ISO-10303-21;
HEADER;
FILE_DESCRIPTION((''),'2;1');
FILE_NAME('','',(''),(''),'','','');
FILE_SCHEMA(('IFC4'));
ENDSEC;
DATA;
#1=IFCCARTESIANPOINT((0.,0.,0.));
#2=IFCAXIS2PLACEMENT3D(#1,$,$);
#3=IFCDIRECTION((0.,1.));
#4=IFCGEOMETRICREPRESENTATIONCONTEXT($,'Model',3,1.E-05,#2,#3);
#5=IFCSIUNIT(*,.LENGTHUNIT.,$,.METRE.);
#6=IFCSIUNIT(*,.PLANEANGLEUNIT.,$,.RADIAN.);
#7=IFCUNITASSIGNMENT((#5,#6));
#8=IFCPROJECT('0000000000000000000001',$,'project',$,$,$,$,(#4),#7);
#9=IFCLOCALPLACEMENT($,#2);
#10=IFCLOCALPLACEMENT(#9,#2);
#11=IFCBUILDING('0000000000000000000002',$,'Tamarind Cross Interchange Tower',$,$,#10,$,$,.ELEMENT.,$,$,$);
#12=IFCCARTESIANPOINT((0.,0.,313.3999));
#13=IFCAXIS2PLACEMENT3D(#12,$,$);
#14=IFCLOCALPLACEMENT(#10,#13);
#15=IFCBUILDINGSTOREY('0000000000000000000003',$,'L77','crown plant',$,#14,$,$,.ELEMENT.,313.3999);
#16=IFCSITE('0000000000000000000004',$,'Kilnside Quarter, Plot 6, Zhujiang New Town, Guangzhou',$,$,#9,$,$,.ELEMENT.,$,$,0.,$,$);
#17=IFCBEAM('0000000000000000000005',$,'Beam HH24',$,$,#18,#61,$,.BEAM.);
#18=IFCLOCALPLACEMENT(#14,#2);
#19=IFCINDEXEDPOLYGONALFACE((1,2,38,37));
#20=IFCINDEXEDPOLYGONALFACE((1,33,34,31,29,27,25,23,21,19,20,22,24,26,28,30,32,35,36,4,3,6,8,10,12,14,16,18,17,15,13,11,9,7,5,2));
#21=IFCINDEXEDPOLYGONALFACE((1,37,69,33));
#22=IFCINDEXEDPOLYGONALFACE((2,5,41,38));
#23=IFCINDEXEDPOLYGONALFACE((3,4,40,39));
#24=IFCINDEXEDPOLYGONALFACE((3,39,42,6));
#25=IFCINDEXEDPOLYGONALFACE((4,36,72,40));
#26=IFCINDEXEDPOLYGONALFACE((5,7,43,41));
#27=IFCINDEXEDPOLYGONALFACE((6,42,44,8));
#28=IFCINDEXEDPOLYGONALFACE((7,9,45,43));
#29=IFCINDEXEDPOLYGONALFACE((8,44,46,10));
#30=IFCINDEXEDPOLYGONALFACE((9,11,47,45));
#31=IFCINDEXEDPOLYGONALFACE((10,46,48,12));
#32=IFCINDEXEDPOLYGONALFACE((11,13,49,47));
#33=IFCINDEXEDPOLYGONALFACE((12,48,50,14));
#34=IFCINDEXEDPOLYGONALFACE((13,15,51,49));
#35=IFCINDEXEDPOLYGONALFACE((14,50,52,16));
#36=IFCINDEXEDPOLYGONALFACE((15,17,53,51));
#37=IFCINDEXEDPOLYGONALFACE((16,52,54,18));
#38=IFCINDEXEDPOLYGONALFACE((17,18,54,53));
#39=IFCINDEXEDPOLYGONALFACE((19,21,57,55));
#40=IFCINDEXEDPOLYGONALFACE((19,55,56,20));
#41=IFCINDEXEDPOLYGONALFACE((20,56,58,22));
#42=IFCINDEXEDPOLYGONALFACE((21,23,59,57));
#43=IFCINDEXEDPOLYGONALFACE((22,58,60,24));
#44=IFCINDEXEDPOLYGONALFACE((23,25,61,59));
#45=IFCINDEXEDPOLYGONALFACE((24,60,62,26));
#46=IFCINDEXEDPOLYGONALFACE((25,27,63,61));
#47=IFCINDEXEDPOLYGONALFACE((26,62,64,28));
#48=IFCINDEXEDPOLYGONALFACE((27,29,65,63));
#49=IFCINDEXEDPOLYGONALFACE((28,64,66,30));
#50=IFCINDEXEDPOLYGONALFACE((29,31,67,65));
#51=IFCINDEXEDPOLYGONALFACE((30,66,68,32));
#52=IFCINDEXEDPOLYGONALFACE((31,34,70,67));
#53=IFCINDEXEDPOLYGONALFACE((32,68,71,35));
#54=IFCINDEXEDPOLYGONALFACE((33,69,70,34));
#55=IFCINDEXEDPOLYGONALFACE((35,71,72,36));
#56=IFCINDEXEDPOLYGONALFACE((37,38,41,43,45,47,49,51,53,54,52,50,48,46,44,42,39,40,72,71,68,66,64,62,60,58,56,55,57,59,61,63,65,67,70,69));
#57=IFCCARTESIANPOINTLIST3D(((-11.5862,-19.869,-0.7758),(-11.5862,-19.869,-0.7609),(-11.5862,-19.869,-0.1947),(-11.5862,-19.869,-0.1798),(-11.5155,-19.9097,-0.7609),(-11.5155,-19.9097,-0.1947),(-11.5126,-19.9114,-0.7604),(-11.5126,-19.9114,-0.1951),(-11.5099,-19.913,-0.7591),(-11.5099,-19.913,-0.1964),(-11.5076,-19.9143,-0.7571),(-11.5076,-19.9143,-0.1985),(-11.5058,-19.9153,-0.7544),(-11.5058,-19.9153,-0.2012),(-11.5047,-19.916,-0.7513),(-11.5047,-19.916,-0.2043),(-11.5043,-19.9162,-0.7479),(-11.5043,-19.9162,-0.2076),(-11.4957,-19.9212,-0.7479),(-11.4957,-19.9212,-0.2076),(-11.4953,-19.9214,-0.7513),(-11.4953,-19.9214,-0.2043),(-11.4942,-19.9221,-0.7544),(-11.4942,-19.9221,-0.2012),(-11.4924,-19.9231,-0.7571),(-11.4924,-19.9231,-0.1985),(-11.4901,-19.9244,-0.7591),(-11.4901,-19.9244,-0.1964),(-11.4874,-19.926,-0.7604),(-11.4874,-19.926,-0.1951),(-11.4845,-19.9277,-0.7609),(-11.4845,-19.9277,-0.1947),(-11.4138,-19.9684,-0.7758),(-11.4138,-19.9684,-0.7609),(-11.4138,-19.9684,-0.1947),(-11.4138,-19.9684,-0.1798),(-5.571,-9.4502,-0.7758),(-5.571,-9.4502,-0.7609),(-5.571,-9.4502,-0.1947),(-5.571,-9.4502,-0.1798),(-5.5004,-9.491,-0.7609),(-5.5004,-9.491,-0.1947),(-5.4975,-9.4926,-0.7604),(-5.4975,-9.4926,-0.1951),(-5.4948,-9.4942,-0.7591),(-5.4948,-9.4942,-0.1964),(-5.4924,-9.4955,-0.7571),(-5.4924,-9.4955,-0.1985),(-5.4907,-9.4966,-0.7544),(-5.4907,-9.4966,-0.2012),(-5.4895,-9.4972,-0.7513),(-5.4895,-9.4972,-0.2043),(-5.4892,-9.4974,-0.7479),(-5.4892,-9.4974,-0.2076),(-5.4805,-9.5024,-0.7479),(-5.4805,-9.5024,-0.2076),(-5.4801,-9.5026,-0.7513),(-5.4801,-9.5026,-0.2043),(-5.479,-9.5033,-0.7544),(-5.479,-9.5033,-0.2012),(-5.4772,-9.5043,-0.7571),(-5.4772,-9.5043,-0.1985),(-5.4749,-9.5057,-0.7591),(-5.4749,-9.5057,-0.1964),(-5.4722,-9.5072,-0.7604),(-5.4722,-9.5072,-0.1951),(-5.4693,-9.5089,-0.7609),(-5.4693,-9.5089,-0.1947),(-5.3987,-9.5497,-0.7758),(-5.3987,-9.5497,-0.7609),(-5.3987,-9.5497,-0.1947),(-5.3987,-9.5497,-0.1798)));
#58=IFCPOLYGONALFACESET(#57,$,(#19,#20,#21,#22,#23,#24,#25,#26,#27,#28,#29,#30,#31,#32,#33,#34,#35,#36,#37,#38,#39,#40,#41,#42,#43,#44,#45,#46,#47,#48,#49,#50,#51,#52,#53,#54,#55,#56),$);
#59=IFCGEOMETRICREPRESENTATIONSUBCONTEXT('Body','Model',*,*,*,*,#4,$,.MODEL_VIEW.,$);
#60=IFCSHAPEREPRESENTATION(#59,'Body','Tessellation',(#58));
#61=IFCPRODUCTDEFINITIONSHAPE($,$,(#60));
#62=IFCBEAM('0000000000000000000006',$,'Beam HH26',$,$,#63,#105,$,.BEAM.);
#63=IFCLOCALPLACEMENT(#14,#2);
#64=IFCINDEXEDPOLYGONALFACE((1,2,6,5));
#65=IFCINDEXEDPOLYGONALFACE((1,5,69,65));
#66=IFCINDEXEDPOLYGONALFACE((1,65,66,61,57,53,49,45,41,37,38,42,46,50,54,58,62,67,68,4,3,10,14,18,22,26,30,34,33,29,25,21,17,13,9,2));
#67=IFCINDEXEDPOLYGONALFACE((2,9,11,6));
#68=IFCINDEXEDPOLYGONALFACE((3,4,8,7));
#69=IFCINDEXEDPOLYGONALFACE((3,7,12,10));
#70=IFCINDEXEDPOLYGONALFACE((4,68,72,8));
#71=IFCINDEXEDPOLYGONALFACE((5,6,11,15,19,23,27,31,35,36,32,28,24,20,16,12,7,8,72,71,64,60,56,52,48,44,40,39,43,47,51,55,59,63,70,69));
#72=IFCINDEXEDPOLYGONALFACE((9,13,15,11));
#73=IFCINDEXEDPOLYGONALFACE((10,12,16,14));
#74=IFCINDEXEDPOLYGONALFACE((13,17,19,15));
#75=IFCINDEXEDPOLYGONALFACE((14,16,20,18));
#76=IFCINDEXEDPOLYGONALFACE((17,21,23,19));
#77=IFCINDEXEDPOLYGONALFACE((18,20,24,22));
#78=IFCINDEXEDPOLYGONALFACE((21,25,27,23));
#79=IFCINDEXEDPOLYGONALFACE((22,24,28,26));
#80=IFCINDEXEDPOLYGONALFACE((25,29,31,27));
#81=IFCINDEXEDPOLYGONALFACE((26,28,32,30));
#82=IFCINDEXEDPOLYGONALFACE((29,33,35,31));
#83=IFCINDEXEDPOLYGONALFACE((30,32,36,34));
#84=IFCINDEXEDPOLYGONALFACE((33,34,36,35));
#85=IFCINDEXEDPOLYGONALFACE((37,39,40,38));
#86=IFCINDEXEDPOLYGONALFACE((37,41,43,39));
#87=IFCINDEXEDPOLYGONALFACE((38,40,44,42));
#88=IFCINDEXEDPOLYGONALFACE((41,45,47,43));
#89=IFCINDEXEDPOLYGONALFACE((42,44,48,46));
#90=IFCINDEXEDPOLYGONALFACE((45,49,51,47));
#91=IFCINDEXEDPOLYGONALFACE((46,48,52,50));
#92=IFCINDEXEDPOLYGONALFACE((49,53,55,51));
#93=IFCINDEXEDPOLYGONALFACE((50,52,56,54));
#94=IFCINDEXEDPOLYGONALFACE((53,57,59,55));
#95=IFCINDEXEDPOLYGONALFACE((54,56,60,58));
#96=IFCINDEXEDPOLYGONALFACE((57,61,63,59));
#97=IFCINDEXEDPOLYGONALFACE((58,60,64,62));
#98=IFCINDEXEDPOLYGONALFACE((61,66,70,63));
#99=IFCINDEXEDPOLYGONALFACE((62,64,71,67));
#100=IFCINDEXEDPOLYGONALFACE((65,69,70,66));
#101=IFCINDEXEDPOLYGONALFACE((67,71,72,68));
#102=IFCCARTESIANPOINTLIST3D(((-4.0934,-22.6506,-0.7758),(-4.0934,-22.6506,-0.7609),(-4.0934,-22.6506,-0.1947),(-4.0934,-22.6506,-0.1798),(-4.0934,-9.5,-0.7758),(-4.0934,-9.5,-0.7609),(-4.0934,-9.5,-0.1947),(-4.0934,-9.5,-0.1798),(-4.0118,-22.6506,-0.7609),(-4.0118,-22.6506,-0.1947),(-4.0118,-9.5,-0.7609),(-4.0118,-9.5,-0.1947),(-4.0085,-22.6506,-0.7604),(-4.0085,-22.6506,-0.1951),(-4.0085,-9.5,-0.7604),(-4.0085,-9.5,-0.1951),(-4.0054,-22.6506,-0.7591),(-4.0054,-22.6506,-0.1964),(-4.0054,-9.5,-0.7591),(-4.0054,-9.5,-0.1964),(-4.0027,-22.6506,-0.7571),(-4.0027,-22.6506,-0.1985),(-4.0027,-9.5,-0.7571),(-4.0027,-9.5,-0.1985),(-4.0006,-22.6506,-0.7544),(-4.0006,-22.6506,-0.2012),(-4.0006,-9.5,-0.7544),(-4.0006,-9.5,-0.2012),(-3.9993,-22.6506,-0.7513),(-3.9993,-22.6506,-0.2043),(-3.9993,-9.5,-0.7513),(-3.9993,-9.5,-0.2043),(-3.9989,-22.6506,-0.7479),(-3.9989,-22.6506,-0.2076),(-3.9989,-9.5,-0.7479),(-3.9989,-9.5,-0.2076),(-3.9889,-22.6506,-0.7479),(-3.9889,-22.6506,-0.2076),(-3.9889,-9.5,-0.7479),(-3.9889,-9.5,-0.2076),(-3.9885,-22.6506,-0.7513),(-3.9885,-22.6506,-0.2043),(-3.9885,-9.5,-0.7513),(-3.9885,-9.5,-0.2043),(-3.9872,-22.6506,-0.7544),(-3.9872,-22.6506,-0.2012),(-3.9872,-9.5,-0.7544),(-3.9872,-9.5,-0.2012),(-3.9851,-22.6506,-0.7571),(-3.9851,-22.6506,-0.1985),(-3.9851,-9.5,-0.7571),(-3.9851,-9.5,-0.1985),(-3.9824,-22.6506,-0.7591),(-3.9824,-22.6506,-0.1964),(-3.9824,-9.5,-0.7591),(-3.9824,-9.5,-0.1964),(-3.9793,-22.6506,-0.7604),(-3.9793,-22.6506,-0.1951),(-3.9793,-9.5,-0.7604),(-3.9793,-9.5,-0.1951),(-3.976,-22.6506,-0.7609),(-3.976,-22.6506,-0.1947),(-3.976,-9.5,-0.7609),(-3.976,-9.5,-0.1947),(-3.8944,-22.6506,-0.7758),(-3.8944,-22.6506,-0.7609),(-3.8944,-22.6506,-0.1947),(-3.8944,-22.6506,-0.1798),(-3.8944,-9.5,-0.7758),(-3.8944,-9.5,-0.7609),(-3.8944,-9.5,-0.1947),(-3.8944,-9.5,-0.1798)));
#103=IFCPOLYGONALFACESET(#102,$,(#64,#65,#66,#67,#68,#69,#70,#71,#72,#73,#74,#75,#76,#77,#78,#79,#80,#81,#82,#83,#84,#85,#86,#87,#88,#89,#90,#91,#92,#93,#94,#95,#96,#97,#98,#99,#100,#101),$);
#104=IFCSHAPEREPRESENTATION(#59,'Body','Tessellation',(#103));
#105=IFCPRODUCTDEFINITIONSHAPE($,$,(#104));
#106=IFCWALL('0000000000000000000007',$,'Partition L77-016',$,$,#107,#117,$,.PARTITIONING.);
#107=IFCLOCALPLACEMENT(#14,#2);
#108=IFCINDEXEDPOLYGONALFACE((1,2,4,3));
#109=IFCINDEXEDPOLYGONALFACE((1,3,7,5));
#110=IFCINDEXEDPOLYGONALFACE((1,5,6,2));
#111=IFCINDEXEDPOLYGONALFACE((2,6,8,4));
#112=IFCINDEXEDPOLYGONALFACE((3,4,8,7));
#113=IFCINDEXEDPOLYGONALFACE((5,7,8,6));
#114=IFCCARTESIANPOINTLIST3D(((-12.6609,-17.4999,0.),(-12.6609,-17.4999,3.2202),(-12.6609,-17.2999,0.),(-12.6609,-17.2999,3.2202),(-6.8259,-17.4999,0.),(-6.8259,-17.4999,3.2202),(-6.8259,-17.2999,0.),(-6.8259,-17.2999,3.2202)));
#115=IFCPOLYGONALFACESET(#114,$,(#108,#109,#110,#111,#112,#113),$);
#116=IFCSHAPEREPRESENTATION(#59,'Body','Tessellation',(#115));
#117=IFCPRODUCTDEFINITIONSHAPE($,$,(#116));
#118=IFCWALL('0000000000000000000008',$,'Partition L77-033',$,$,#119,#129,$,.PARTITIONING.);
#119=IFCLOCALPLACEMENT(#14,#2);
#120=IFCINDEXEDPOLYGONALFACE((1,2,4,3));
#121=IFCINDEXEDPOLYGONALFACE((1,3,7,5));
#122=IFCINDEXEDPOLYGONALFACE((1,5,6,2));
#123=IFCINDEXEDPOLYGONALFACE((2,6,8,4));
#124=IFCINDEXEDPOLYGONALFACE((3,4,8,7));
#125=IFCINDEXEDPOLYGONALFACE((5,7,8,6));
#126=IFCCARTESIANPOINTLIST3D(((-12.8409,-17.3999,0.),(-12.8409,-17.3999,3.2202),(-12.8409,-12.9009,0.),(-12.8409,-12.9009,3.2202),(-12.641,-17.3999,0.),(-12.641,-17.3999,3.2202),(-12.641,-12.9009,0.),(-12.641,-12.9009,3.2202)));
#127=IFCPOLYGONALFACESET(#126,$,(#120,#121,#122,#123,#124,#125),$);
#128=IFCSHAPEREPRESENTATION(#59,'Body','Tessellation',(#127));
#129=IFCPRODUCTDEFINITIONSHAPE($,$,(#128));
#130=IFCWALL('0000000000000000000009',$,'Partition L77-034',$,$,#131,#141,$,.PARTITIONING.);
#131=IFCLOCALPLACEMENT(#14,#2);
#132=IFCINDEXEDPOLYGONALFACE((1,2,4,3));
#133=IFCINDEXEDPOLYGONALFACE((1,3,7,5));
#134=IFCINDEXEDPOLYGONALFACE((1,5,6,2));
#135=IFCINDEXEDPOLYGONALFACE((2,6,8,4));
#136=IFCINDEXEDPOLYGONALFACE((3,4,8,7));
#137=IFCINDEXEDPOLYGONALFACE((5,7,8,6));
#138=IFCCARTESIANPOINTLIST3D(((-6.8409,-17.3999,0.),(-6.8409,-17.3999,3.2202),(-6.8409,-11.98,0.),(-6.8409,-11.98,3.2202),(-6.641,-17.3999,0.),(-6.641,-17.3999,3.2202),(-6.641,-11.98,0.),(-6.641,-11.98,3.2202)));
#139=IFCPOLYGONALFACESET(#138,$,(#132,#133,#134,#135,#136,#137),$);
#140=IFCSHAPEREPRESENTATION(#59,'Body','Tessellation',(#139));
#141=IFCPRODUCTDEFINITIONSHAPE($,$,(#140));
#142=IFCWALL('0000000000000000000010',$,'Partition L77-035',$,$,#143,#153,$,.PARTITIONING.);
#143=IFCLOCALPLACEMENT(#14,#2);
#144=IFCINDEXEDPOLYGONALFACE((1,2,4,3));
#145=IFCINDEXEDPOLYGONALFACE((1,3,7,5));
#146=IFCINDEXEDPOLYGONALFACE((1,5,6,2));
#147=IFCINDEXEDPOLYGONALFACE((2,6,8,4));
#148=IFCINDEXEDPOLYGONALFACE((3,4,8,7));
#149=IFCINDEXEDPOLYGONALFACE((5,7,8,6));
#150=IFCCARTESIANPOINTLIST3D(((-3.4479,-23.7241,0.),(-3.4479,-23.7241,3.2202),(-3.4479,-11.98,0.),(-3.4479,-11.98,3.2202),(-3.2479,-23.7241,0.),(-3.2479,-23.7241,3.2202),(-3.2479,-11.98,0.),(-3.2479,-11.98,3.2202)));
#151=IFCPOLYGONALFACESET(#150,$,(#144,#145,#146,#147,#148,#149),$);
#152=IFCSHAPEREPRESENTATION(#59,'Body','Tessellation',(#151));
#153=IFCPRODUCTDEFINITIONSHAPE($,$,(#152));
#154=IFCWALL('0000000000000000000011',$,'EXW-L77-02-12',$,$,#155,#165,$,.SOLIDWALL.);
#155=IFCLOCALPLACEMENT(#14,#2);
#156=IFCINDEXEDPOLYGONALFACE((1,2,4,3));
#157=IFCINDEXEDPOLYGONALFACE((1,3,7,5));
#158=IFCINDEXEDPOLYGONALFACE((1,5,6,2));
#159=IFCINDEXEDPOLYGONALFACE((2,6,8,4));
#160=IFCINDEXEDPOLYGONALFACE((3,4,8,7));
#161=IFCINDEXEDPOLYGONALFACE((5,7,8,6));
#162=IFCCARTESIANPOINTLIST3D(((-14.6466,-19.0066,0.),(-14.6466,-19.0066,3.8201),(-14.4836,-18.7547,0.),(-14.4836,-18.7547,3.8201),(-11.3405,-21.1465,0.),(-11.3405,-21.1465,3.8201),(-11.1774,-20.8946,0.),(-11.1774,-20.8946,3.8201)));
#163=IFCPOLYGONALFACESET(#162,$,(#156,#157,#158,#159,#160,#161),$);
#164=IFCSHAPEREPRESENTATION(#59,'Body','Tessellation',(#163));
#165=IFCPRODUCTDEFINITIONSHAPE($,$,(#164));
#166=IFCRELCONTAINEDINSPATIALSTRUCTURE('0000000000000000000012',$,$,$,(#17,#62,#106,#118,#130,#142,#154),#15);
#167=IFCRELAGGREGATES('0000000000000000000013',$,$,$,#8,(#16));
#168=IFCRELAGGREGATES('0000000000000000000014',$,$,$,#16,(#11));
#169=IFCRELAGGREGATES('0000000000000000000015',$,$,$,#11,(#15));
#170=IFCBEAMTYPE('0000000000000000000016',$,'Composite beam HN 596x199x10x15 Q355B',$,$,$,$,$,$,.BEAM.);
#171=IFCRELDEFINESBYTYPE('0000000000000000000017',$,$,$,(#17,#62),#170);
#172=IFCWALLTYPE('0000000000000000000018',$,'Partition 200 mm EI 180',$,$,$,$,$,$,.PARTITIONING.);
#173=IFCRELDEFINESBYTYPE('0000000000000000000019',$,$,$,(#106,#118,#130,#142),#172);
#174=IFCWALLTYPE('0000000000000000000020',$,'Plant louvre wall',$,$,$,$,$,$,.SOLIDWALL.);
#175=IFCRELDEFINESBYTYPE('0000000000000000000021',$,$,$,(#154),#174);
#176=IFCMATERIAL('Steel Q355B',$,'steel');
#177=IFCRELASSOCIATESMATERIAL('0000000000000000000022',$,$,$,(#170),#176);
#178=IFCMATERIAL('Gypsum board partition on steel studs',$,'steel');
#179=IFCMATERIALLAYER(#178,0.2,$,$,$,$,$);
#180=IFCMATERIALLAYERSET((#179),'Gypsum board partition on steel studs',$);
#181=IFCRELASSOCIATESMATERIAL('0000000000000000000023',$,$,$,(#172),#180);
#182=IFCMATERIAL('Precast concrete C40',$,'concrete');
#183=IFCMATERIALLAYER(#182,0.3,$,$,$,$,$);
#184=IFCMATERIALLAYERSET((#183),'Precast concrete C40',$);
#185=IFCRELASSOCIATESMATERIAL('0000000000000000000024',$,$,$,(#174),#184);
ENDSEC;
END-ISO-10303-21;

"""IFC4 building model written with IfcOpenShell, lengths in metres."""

from ifc_helpers import new_model, si_unit, direction, frame, frame_2d, origin, origin_2d, place, context, subcontext, project, spatial, rectangle, i_section, extrude, material, layer, layer_set, material_profile, profile_set, type_object, element, save


model = new_model("IFC4")

# Units and contexts
model_context = context("Model", 3, precision=1e-05, world=origin(), true_north=direction((0.0, 1.0)))
body_context = subcontext(model_context, "Body", "Model", "MODEL_VIEW")
ifc_project = project(units=[si_unit("LENGTHUNIT", "METRE"), si_unit("PLANEANGLEUNIT", "RADIAN")], contexts=[model_context])

# Site, building, storey
site_placement = place(None, origin())
site = spatial("IfcSite", under=ifc_project, at=site_placement, Name="Kilnside Quarter, Plot 6, Zhujiang New Town, Guangzhou", CompositionType="ELEMENT", RefElevation=0.0)
building_placement = place(site_placement, origin())
building = spatial("IfcBuilding", under=site, at=building_placement, Name="Tamarind Cross Interchange Tower", CompositionType="ELEMENT")
storey_placement = place(building_placement, frame((0.0, 0.0, 313.3999)))
storey = spatial("IfcBuildingStorey", under=building, at=storey_placement, Name="L77", Description="crown plant", CompositionType="ELEMENT", Elevation=313.3999)

# Beams
ifc_material_1 = material(Name="Steel Q355B", Category="steel")
ifc_material_profile_1 = material_profile(ifc_material_1, i_section(OverallWidth=0.199, OverallDepth=0.5959, WebThickness=0.01, FlangeThickness=0.0149, FilletRadius=0.0129, at=origin_2d()), Name="HN 596x199x10x15")
ifc_profile_set_1 = profile_set([ifc_material_profile_1], Name="Steel Q355B")
beam_type = type_object("IfcBeamType", Name="Composite beam HN 596x199x10x15 Q355B", PredefinedType="BEAM", material=ifc_profile_set_1)
beam_1_placement = place(storey_placement, frame((-11.5, -19.9187, -0.4778), z_axis=(0.499994, 0.866029, 0.0), x_axis=(-0.866029, 0.499994, 0.0)))
element("IfcBeam", 1, at=beam_1_placement, inside=storey, type_object=beam_type, Name="Beam HH24", PredefinedType="BEAM", context=body_context, shape_type="SweptSolid", body=[
    extrude(i_section(OverallWidth=0.199, OverallDepth=0.5959, WebThickness=0.01, FlangeThickness=0.0149, FilletRadius=0.0129, at=origin_2d()), origin(), (0.0, 0.0, 1.0), 12.0305),
])
beam_2_placement = place(storey_placement, frame((-3.9939, -22.6506, -0.4778), z_axis=(0.0, 1.0, 0.0), x_axis=(-1.0, 0.0, 0.0)))
element("IfcBeam", 2, at=beam_2_placement, inside=storey, type_object=beam_type, Name="Beam HH26", PredefinedType="BEAM", context=body_context, shape_type="SweptSolid", body=[
    extrude(i_section(OverallWidth=0.199, OverallDepth=0.5959, WebThickness=0.01, FlangeThickness=0.0149, FilletRadius=0.0129, at=origin_2d()), origin(), (0.0, 0.0, 1.0), 13.1506),
])

# Walls
ifc_material_2 = material(Name="Gypsum board partition on steel studs", Category="steel")
ifc_layer_1 = layer(ifc_material_2, 0.2)
ifc_layer_set_1 = layer_set([ifc_layer_1], Name="Gypsum board partition on steel studs")
wall_type_1 = type_object("IfcWallType", Name="Partition 200 mm EI 180", PredefinedType="PARTITIONING", material=ifc_layer_set_1)
wall_1_placement = place(storey_placement, frame((-12.6609, -17.3999, 0.0), z_axis=(0.0, 0.0, 1.0), x_axis=(1.0, 0.0, 0.0)))
element("IfcWall", 3, at=wall_1_placement, inside=storey, type_object=wall_type_1, Name="Partition L77-016", PredefinedType="PARTITIONING", context=body_context, shape_type="SweptSolid", body=[
    extrude(rectangle(XDim=5.835, YDim=0.2, at=frame_2d((2.9175, 0.0))), origin(), (0.0, 0.0, 1.0), 3.2202),
])
wall_2_placement = place(storey_placement, frame((-12.741, -17.3999, 0.0), z_axis=(0.0, 0.0, 1.0), x_axis=(0.0, 1.0, 0.0)))
element("IfcWall", 4, at=wall_2_placement, inside=storey, type_object=wall_type_1, Name="Partition L77-033", PredefinedType="PARTITIONING", context=body_context, shape_type="SweptSolid", body=[
    extrude(rectangle(XDim=4.499, YDim=0.2, at=frame_2d((2.2495, 0.0))), origin(), (0.0, 0.0, 1.0), 3.2202),
])
wall_3_placement = place(storey_placement, frame((-6.741, -17.3999, 0.0), z_axis=(0.0, 0.0, 1.0), x_axis=(0.0, 1.0, 0.0)))
element("IfcWall", 5, at=wall_3_placement, inside=storey, type_object=wall_type_1, Name="Partition L77-034", PredefinedType="PARTITIONING", context=body_context, shape_type="SweptSolid", body=[
    extrude(rectangle(XDim=5.4199, YDim=0.2, at=frame_2d((2.71, 0.0))), origin(), (0.0, 0.0, 1.0), 3.2202),
])
wall_4_placement = place(storey_placement, frame((-3.3479, -23.7241, 0.0), z_axis=(0.0, 0.0, 1.0), x_axis=(0.0, 1.0, 0.0)))
element("IfcWall", 6, at=wall_4_placement, inside=storey, type_object=wall_type_1, Name="Partition L77-035", PredefinedType="PARTITIONING", context=body_context, shape_type="SweptSolid", body=[
    extrude(rectangle(XDim=11.7441, YDim=0.2, at=frame_2d((5.8721, 0.0))), origin(), (0.0, 0.0, 1.0), 3.2202),
])
ifc_material_3 = material(Name="Precast concrete C40", Category="concrete")
ifc_layer_2 = layer(ifc_material_3, 0.3)
ifc_layer_set_2 = layer_set([ifc_layer_2], Name="Precast concrete C40")
wall_type_2 = type_object("IfcWallType", Name="Plant louvre wall", PredefinedType="SOLIDWALL", material=ifc_layer_set_2)
wall_5_placement = place(storey_placement, frame((-14.5652, -18.8806, 0.0), z_axis=(0.0, 0.0, 1.0), x_axis=(0.839499, -0.543362, 0.0)))
element("IfcWall", 7, at=wall_5_placement, inside=storey, type_object=wall_type_2, Name="EXW-L77-02-12", PredefinedType="SOLIDWALL", context=body_context, shape_type="SweptSolid", body=[
    extrude(rectangle(XDim=3.9382, YDim=0.3, at=frame_2d((1.9692, 0.0))), origin(), (0.0, 0.0, 1.0), 3.8201),
])

save(model, "model.ifc")
